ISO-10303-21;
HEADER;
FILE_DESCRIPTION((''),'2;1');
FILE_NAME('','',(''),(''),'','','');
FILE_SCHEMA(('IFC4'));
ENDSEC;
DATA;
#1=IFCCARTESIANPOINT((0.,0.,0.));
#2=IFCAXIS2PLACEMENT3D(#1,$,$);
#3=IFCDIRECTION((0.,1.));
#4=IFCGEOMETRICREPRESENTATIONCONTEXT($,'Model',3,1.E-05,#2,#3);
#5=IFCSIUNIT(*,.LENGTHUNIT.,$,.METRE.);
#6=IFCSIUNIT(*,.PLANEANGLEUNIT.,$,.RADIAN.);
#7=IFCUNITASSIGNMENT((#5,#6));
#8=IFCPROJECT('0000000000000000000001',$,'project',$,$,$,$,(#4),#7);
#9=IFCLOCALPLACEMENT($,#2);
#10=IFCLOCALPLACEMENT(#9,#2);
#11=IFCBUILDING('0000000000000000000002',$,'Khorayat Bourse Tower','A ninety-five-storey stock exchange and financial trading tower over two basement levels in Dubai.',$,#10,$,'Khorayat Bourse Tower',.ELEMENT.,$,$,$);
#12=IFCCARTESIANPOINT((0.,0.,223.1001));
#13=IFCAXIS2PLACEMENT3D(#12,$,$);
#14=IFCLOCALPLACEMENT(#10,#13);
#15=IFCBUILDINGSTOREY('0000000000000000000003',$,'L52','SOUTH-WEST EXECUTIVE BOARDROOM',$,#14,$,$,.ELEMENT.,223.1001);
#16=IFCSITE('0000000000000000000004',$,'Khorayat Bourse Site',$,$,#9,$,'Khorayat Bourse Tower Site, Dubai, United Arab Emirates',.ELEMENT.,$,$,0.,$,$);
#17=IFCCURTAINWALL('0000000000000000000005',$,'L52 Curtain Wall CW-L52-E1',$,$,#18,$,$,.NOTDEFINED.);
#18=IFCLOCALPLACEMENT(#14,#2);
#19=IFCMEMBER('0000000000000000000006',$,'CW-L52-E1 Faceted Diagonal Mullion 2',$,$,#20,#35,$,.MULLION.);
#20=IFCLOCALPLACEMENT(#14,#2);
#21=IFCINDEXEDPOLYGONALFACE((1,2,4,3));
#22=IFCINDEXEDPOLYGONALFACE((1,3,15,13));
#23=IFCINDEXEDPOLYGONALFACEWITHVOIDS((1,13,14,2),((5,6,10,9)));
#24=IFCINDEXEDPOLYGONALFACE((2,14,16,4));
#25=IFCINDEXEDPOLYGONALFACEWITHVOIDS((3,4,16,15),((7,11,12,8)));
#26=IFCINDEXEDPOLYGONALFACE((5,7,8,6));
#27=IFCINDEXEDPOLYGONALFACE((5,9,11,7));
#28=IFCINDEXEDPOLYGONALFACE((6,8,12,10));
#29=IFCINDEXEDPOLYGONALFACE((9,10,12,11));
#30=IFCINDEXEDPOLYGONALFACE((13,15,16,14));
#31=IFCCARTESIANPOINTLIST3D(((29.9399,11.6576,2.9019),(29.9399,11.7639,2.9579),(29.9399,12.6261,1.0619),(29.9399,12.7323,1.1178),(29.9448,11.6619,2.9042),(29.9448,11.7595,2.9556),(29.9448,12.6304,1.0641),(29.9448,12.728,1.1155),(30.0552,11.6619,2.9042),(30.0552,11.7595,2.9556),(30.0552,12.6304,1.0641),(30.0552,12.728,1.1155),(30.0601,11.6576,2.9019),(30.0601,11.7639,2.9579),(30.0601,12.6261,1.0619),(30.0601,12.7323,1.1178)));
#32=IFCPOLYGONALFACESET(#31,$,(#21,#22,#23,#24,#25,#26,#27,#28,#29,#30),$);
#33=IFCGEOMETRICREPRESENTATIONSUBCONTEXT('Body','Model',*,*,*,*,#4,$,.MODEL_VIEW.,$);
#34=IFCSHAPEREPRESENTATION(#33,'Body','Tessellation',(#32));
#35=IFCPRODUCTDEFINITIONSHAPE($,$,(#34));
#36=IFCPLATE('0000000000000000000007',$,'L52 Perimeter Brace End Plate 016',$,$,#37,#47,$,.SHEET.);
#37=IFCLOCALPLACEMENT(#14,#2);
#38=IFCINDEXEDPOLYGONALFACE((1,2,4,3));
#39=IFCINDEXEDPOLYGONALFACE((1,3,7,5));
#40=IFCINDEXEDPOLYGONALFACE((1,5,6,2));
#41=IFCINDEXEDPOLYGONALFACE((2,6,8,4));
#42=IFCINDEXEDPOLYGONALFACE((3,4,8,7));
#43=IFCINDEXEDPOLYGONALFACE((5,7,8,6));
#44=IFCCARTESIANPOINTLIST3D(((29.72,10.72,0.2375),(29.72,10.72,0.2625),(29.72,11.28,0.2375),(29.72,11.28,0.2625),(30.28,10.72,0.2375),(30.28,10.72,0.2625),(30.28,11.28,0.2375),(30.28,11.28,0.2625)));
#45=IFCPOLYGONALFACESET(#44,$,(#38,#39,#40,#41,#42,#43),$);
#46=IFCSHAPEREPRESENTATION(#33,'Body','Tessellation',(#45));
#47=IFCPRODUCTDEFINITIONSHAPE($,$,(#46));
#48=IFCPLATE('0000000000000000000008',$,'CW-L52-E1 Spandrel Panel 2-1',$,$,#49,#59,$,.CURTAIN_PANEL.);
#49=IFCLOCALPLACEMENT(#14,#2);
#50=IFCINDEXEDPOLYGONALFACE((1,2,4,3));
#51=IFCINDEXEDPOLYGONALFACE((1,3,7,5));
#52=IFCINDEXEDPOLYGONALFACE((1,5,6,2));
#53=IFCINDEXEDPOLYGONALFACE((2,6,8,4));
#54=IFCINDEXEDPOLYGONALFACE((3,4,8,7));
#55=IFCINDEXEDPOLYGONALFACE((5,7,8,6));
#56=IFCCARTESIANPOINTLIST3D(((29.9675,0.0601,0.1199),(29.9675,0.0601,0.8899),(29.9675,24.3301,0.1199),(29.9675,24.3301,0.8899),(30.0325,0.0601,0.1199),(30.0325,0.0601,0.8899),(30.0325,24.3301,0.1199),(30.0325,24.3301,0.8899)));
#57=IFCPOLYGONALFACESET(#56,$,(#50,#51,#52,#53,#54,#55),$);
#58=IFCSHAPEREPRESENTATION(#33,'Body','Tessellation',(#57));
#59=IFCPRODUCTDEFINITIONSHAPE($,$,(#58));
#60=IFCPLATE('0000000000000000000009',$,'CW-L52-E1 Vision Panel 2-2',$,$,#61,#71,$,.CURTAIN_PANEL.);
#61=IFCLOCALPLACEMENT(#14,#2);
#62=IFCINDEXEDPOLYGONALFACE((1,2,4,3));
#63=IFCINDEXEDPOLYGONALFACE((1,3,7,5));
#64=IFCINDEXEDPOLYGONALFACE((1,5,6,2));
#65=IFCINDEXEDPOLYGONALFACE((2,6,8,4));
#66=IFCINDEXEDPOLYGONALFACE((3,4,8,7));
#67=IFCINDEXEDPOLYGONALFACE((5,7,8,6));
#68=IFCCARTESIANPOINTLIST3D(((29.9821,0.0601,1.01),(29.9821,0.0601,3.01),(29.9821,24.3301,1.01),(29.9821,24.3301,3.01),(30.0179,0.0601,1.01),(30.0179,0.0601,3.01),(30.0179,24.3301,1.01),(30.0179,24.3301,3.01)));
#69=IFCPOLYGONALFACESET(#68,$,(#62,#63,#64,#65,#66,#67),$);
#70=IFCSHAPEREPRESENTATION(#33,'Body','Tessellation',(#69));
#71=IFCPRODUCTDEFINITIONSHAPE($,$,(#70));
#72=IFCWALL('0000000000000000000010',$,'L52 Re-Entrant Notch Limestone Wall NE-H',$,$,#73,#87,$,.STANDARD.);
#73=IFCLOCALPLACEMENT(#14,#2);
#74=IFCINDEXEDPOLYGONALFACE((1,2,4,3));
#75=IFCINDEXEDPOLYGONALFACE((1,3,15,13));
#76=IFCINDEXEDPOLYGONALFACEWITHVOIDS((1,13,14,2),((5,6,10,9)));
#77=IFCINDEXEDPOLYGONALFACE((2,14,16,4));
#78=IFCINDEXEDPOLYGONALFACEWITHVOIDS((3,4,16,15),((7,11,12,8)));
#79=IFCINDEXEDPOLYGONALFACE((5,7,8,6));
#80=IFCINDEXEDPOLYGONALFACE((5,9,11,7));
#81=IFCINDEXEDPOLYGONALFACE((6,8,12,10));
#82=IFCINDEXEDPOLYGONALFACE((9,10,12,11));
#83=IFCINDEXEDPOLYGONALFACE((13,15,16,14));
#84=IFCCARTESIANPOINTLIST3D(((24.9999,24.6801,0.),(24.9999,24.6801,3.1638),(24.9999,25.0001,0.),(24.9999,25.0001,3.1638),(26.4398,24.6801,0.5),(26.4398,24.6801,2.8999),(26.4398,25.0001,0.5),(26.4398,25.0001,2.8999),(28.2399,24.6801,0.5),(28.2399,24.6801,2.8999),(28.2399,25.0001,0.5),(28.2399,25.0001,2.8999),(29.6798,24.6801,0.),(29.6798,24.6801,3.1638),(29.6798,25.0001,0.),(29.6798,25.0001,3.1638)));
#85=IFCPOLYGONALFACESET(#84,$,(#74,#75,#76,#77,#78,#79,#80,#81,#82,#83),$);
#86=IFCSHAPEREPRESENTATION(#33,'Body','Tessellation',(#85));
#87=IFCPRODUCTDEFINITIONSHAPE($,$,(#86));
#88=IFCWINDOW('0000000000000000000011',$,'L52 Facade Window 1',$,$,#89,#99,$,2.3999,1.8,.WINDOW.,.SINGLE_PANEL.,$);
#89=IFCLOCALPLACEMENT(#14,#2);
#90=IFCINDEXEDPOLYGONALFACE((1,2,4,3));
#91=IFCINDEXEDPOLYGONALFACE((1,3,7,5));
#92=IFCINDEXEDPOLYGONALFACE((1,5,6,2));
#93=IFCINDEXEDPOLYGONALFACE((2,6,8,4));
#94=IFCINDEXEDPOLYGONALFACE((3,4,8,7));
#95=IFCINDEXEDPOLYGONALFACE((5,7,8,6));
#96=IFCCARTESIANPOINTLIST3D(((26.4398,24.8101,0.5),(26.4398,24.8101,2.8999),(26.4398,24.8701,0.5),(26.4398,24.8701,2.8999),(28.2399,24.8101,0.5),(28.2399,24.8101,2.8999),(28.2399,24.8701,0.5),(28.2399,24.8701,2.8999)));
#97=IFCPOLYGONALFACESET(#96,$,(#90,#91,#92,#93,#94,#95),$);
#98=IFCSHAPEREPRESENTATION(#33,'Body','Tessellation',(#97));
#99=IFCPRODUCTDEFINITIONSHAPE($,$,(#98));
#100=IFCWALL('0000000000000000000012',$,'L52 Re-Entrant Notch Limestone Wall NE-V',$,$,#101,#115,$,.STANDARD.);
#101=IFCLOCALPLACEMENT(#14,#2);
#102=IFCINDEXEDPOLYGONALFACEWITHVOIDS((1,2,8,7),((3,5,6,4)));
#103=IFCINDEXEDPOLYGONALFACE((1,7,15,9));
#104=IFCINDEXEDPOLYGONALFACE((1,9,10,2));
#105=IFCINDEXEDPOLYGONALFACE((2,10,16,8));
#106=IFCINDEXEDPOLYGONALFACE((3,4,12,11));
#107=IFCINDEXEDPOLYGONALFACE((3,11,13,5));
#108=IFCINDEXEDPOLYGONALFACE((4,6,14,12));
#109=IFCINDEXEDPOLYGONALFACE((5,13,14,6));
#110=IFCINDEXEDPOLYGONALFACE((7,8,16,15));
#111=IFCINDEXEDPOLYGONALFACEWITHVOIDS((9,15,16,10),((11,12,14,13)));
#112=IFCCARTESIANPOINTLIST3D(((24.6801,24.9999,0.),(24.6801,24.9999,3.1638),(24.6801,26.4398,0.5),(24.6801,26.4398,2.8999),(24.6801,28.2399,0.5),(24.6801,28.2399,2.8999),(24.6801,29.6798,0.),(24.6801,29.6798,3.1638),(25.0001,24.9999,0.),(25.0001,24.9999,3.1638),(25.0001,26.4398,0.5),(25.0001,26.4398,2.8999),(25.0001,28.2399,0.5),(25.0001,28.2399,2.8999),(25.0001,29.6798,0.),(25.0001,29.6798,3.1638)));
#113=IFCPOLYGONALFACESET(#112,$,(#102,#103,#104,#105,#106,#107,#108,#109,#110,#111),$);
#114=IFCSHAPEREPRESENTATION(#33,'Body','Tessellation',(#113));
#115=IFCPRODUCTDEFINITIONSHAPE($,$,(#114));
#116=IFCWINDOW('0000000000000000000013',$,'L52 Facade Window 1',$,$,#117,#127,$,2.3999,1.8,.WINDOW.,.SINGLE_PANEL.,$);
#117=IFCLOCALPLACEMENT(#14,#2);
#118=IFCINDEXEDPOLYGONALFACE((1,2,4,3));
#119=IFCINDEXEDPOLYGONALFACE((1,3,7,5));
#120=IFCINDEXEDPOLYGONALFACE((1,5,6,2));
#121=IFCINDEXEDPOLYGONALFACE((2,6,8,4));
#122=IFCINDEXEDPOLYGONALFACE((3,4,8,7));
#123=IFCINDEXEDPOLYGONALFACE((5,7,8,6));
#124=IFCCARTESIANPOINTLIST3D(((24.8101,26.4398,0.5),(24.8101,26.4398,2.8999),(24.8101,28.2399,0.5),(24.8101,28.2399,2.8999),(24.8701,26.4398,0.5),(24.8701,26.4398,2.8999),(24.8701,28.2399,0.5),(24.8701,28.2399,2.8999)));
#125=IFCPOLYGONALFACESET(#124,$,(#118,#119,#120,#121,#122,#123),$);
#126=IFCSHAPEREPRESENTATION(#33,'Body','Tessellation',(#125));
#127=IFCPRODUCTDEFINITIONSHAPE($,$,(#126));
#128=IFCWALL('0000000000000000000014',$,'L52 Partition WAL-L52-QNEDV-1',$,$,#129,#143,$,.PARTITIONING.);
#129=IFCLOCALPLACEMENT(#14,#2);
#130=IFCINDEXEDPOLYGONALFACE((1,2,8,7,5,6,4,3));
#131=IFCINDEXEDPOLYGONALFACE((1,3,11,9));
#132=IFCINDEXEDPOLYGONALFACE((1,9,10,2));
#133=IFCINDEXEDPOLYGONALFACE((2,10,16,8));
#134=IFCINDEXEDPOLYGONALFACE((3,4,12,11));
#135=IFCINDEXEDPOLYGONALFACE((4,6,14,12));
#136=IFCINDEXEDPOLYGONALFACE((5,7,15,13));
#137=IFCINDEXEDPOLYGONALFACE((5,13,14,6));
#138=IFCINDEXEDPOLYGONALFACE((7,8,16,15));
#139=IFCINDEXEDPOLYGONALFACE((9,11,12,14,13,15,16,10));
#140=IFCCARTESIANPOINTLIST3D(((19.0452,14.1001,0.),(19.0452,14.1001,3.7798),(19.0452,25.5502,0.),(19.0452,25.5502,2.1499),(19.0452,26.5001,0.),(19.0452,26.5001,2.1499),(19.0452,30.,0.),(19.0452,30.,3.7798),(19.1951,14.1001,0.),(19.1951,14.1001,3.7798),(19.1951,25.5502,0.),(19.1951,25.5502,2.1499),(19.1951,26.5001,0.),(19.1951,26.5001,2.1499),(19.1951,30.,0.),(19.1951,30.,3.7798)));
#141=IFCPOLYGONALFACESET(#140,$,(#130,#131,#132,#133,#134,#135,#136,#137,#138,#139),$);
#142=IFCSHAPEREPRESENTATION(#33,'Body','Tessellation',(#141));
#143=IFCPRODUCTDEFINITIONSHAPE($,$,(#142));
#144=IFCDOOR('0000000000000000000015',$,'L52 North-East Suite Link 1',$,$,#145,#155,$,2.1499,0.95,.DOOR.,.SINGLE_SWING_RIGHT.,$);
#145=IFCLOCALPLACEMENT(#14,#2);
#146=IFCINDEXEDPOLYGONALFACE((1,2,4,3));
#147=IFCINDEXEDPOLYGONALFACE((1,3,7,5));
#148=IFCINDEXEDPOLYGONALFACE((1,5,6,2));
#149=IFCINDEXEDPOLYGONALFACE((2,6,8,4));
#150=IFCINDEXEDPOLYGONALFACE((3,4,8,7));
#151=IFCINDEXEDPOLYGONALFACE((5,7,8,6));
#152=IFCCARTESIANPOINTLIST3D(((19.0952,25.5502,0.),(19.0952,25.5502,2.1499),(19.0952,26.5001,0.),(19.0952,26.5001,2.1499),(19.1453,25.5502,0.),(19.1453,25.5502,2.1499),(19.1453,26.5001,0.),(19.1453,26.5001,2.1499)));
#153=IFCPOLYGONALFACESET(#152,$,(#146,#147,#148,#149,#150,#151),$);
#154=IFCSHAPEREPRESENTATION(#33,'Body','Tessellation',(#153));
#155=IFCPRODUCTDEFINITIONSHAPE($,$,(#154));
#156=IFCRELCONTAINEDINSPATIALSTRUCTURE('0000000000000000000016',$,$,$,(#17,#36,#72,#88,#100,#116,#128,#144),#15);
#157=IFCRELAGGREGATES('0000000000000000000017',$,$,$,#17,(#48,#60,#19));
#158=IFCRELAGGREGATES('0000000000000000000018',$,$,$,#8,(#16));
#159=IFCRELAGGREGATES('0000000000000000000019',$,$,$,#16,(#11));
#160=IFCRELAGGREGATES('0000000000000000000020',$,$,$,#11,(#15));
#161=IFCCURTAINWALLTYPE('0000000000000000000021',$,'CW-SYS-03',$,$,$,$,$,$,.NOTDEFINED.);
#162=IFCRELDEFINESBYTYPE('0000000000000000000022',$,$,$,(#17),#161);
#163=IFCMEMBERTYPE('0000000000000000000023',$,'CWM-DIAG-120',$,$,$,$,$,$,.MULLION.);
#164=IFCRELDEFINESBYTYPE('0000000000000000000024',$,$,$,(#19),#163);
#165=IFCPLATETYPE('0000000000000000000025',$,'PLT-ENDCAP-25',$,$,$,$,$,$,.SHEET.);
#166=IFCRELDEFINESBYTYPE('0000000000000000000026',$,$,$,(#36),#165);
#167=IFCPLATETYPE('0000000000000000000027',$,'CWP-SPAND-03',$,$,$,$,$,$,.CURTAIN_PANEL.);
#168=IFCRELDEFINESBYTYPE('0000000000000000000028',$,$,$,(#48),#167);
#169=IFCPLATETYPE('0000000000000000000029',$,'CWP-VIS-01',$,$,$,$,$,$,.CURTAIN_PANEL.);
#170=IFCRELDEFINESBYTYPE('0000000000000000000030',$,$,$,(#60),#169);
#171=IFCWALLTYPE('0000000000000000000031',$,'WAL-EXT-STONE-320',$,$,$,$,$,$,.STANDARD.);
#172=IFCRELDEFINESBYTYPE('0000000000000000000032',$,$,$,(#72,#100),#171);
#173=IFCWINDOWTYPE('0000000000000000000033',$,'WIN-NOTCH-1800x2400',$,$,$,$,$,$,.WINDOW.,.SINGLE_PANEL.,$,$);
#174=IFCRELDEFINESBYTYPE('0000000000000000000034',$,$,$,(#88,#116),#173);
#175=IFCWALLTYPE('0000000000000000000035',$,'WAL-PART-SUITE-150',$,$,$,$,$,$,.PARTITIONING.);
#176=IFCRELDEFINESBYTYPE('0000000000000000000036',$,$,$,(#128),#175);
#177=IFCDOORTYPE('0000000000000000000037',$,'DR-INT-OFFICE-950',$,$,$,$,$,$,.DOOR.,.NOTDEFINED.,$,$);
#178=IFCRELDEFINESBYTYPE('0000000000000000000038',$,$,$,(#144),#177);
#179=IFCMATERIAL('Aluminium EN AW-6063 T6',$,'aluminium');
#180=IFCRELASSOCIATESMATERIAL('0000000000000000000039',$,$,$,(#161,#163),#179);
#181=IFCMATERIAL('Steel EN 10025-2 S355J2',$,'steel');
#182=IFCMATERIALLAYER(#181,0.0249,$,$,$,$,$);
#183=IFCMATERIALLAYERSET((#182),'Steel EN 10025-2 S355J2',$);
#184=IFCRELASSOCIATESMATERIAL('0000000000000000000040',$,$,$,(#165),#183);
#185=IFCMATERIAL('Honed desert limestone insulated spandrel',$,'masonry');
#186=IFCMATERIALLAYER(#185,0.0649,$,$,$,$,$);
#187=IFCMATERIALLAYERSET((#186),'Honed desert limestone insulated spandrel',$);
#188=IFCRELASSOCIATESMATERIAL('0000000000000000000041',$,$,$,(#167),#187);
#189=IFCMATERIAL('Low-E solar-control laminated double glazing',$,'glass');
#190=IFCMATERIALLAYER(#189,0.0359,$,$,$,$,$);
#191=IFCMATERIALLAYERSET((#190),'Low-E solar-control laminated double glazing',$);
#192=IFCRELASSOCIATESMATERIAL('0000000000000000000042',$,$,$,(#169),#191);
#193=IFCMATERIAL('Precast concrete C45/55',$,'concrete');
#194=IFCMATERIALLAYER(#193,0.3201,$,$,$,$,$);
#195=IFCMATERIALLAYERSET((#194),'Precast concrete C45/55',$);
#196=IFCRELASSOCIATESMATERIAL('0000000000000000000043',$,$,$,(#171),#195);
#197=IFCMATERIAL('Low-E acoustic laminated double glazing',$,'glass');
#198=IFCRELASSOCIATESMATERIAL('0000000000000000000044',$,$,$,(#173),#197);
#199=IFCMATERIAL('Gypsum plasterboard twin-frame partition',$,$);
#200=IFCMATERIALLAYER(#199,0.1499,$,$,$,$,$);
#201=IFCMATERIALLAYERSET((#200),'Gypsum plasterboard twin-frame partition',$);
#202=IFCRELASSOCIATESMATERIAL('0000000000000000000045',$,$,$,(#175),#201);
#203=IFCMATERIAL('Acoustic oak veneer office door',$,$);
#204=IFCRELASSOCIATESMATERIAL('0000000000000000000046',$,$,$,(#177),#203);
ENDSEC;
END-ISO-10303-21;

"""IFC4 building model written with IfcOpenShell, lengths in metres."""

from ifc_helpers import new_model, si_unit, direction, frame, frame_2d, origin, origin_2d, place, context, subcontext, project, spatial, rectangle, hollow_rectangle, extrude, source, transform, mapped, material, layer, layer_set, material_profile, profile_set, type_object, element, fill, aggregate, save


model = new_model("IFC4")

# Units and contexts
model_context = context("Model", 3, precision=1e-05, world=origin(), true_north=direction((0.0, 1.0)))
body_context = subcontext(model_context, "Body", "Model", "MODEL_VIEW")
ifc_project = project(units=[si_unit("LENGTHUNIT", "METRE"), si_unit("PLANEANGLEUNIT", "RADIAN")], contexts=[model_context])

# Site, building, storey
site_placement = place(None, origin())
site = spatial("IfcSite", under=ifc_project, at=site_placement, Name="Khorayat Bourse Site", LongName="Khorayat Bourse Tower Site, Dubai, United Arab Emirates", CompositionType="ELEMENT", RefElevation=0.0)
building_placement = place(site_placement, origin())
building = spatial("IfcBuilding", under=site, at=building_placement, Name="Khorayat Bourse Tower", Description="A ninety-five-storey stock exchange and financial trading tower over two basement levels in Dubai.", LongName="Khorayat Bourse Tower", CompositionType="ELEMENT")
storey_placement = place(building_placement, frame((0.0, 0.0, 223.1001)))
storey = spatial("IfcBuildingStorey", under=building, at=storey_placement, Name="L52", Description="SOUTH-WEST EXECUTIVE BOARDROOM", CompositionType="ELEMENT", Elevation=223.1001)

# Shared definitions
ifc_material_1 = material(Name="Aluminium EN AW-6063 T6", Category="aluminium")
curtain_wall_type = type_object("IfcCurtainWallType", Name="CW-SYS-03", PredefinedType="NOTDEFINED", material=ifc_material_1)

# Curtain wall, member
curtain_wall_1_placement = place(storey_placement, origin())
curtain_wall_1 = element("IfcCurtainWall", 1, at=curtain_wall_1_placement, inside=storey, type_object=curtain_wall_type, Name="L52 Curtain Wall CW-L52-E1", PredefinedType="NOTDEFINED")
ifc_material_profile_1 = material_profile(ifc_material_1, hollow_rectangle(XDim=0.1201, YDim=0.1201, WallThickness=0.0049, at=origin_2d()), Name="ALU 120x120x5")
ifc_profile_set_1 = profile_set([ifc_material_profile_1], Name="Aluminium EN AW-6063 T6")
member_type_1 = type_object("IfcMemberType", Name="CWM-DIAG-120", PredefinedType="MULLION", material=ifc_profile_set_1)
shared_shape_1 = source(origin(), body_context, "Body", "SweptSolid", [
    extrude(hollow_rectangle(XDim=0.1201, YDim=0.1201, WallThickness=0.0049, at=origin_2d()), origin(), (0.0, 0.0, 1.0), 2.0793),
])
member_1_placement = place(storey_placement, frame((30.0, 12.6792, 1.0898), z_axis=(0.0, -0.465761, 0.884911), x_axis=(1.0, 0.0, 0.0)))
member_1 = element("IfcMember", 2, at=member_1_placement, type_object=member_type_1, Name="CW-L52-E1 Faceted Diagonal Mullion 2", PredefinedType="MULLION", context=body_context, shape_type="MappedRepresentation", body=[
    mapped(shared_shape_1, transform((0.0, 0.0, 0.0), scale=1.0)),
])

# Plates
ifc_material_2 = material(Name="Steel EN 10025-2 S355J2", Category="steel")
ifc_layer_1 = layer(ifc_material_2, 0.0249)
ifc_layer_set_1 = layer_set([ifc_layer_1], Name="Steel EN 10025-2 S355J2")
plate_type_1 = type_object("IfcPlateType", Name="PLT-ENDCAP-25", PredefinedType="SHEET", material=ifc_layer_set_1)
shared_shape_2 = source(origin(), body_context, "Body", "SweptSolid", [
    extrude(rectangle(XDim=0.5601, YDim=0.5601, at=origin_2d()), origin(), (0.0, 0.0, 1.0), 0.0249),
])
plate_1_placement = place(storey_placement, frame((30.0, 11.0, 0.2375), z_axis=(0.0, 0.0, 1.0), x_axis=(1.0, 0.0, 0.0)))
element("IfcPlate", 3, at=plate_1_placement, inside=storey, type_object=plate_type_1, Name="L52 Perimeter Brace End Plate 016", PredefinedType="SHEET", context=body_context, shape_type="MappedRepresentation", body=[
    mapped(shared_shape_2, transform((0.0, 0.0, 0.0), scale=1.0)),
])
ifc_material_3 = material(Name="Honed desert limestone insulated spandrel", Category="masonry")
ifc_layer_2 = layer(ifc_material_3, 0.0649)
ifc_layer_set_2 = layer_set([ifc_layer_2], Name="Honed desert limestone insulated spandrel")
plate_type_2 = type_object("IfcPlateType", Name="CWP-SPAND-03", PredefinedType="CURTAIN_PANEL", material=ifc_layer_set_2)
shared_shape_3 = source(origin(), body_context, "Body", "SweptSolid", [
    extrude(rectangle(XDim=24.27, YDim=0.0649, at=origin_2d()), origin(), (0.0, 0.0, 1.0), 0.77),
])
plate_2_placement = place(storey_placement, frame((30.0, 12.1951, 0.1199), z_axis=(0.0, 0.0, 1.0), x_axis=(0.0, 1.0, 0.0)))
plate_2 = element("IfcPlate", 4, at=plate_2_placement, type_object=plate_type_2, Name="CW-L52-E1 Spandrel Panel 2-1", PredefinedType="CURTAIN_PANEL", context=body_context, shape_type="MappedRepresentation", body=[
    mapped(shared_shape_3, transform((0.0, 0.0, 0.0), scale=1.0)),
])
ifc_material_4 = material(Name="Low-E solar-control laminated double glazing", Category="glass")
ifc_layer_3 = layer(ifc_material_4, 0.0359)
ifc_layer_set_3 = layer_set([ifc_layer_3], Name="Low-E solar-control laminated double glazing")
plate_type_3 = type_object("IfcPlateType", Name="CWP-VIS-01", PredefinedType="CURTAIN_PANEL", material=ifc_layer_set_3)
shared_shape_4 = source(origin(), body_context, "Body", "SweptSolid", [
    extrude(rectangle(XDim=24.27, YDim=0.0359, at=origin_2d()), origin(), (0.0, 0.0, 1.0), 2.0),
])
plate_3_placement = place(storey_placement, frame((30.0, 12.1951, 1.01), z_axis=(0.0, 0.0, 1.0), x_axis=(0.0, 1.0, 0.0)))
plate_3 = element("IfcPlate", 5, at=plate_3_placement, type_object=plate_type_3, Name="CW-L52-E1 Vision Panel 2-2", PredefinedType="CURTAIN_PANEL", context=body_context, shape_type="MappedRepresentation", body=[
    mapped(shared_shape_4, transform((0.0, 0.0, 0.0), scale=1.0)),
])
aggregate(curtain_wall_1, [plate_2, plate_3, member_1])

# Walls, openings, windows
ifc_material_5 = material(Name="Precast concrete C45/55", Category="concrete")
ifc_layer_4 = layer(ifc_material_5, 0.3201)
ifc_layer_set_4 = layer_set([ifc_layer_4], Name="Precast concrete C45/55")
wall_type_1 = type_object("IfcWallType", Name="WAL-EXT-STONE-320", PredefinedType="STANDARD", material=ifc_layer_set_4)
shared_shape_5 = source(origin(), body_context, "Body", "SweptSolid", [
    extrude(rectangle(XDim=4.6799, YDim=0.3201, at=frame_2d((2.3398, 0.0))), origin(), (0.0, 0.0, 1.0), 3.1638),
])
wall_1_placement = place(storey_placement, frame((25.0, 24.8401, 0.0), z_axis=(0.0, 0.0, 1.0), x_axis=(1.0, 0.0, 0.0)))
wall_1 = element("IfcWall", 6, at=wall_1_placement, inside=storey, type_object=wall_type_1, Name="L52 Re-Entrant Notch Limestone Wall NE-H", PredefinedType="STANDARD", context=body_context, shape_type="MappedRepresentation", body=[
    mapped(shared_shape_5, transform((0.0, 0.0, 0.0), scale=1.0)),
])
shared_shape_6 = source(origin(), body_context, "Body", "SweptSolid", [
    extrude(rectangle(XDim=1.8, YDim=2.3999, at=frame_2d((0.8999, 1.2))), frame((0.0, 0.1699, 0.0), z_axis=(0.0, -1.0, 0.0), x_axis=(1.0, 0.0, 0.0)), (0.0, 0.0, 1.0), 0.3401),
])
opening_1_placement = place(wall_1_placement, frame((1.4399, 0.0, 0.5)))
opening_1 = element("IfcOpeningElement", 7, at=opening_1_placement, cuts=wall_1, PredefinedType="OPENING", context=body_context, shape_type="MappedRepresentation", body=[
    mapped(shared_shape_6, transform((0.0, 0.0, 0.0), scale=1.0)),
])
ifc_material_6 = material(Name="Low-E acoustic laminated double glazing", Category="glass")
window_type = type_object("IfcWindowType", Name="WIN-NOTCH-1800x2400", PartitioningType="SINGLE_PANEL", PredefinedType="WINDOW", material=ifc_material_6)
shared_shape_7 = source(origin(), body_context, "Body", "SweptSolid", [
    extrude(rectangle(XDim=1.8, YDim=2.3999, at=frame_2d((0.8999, 1.2))), frame((0.0, 0.03, 0.0), z_axis=(0.0, -1.0, 0.0), x_axis=(1.0, 0.0, 0.0)), (0.0, 0.0, 1.0), 0.0601),
])
window_1_placement = place(opening_1_placement, origin())
window_1 = element("IfcWindow", 8, at=window_1_placement, inside=storey, type_object=window_type, Name="L52 Facade Window 1", OverallHeight=2.3999, OverallWidth=1.8, PartitioningType="SINGLE_PANEL", PredefinedType="WINDOW", context=body_context, shape_type="MappedRepresentation", body=[
    mapped(shared_shape_7, transform((0.0, 0.0, 0.0), scale=1.0)),
])
fill(opening_1, window_1)
wall_2_placement = place(storey_placement, frame((24.8401, 25.0, 0.0), z_axis=(0.0, 0.0, 1.0), x_axis=(0.0, 1.0, 0.0)))
wall_2 = element("IfcWall", 9, at=wall_2_placement, inside=storey, type_object=wall_type_1, Name="L52 Re-Entrant Notch Limestone Wall NE-V", PredefinedType="STANDARD", context=body_context, shape_type="MappedRepresentation", body=[
    mapped(shared_shape_5, transform((0.0, 0.0, 0.0), scale=1.0)),
])
opening_2_placement = place(wall_2_placement, frame((1.4399, 0.0, 0.5)))
opening_2 = element("IfcOpeningElement", 10, at=opening_2_placement, cuts=wall_2, PredefinedType="OPENING", context=body_context, shape_type="MappedRepresentation", body=[
    mapped(shared_shape_6, transform((0.0, 0.0, 0.0), scale=1.0)),
])
window_2_placement = place(opening_2_placement, origin())
window_2 = element("IfcWindow", 11, at=window_2_placement, inside=storey, type_object=window_type, Name="L52 Facade Window 1", OverallHeight=2.3999, OverallWidth=1.8, PartitioningType="SINGLE_PANEL", PredefinedType="WINDOW", context=body_context, shape_type="MappedRepresentation", body=[
    mapped(shared_shape_7, transform((0.0, 0.0, 0.0), scale=1.0)),
])
fill(opening_2, window_2)

# Wall, opening, door
ifc_material_7 = material(Name="Gypsum plasterboard twin-frame partition")
ifc_layer_5 = layer(ifc_material_7, 0.1499)
ifc_layer_set_5 = layer_set([ifc_layer_5], Name="Gypsum plasterboard twin-frame partition")
wall_type_2 = type_object("IfcWallType", Name="WAL-PART-SUITE-150", PredefinedType="PARTITIONING", material=ifc_layer_set_5)
shared_shape_8 = source(origin(), body_context, "Body", "SweptSolid", [
    extrude(rectangle(XDim=15.8999, YDim=0.1499, at=frame_2d((7.95, 0.0))), origin(), (0.0, 0.0, 1.0), 3.7798),
])
wall_3_placement = place(storey_placement, frame((19.1201, 14.1001, 0.0), z_axis=(0.0, 0.0, 1.0), x_axis=(0.0, 1.0, 0.0)))
wall_3 = element("IfcWall", 12, at=wall_3_placement, inside=storey, type_object=wall_type_2, Name="L52 Partition WAL-L52-QNEDV-1", PredefinedType="PARTITIONING", context=body_context, shape_type="MappedRepresentation", body=[
    mapped(shared_shape_8, transform((0.0, 0.0, 0.0), scale=1.0)),
])
shared_shape_9 = source(origin(), body_context, "Body", "SweptSolid", [
    extrude(rectangle(XDim=0.95, YDim=2.1499, at=frame_2d((0.4751, 1.075))), frame((0.0, 0.085, 0.0), z_axis=(0.0, -1.0, 0.0), x_axis=(1.0, 0.0, 0.0)), (0.0, 0.0, 1.0), 0.1699),
])
opening_3_placement = place(wall_3_placement, frame((11.45, 0.0, 0.0)))
opening_3 = element("IfcOpeningElement", 13, at=opening_3_placement, cuts=wall_3, PredefinedType="OPENING", context=body_context, shape_type="MappedRepresentation", body=[
    mapped(shared_shape_9, transform((0.0, 0.0, 0.0), scale=1.0)),
])
ifc_material_8 = material(Name="Acoustic oak veneer office door")
door_type = type_object("IfcDoorType", Name="DR-INT-OFFICE-950", OperationType="NOTDEFINED", PredefinedType="DOOR", material=ifc_material_8)
shared_shape_10 = source(origin(), body_context, "Body", "SweptSolid", [
    extrude(rectangle(XDim=0.95, YDim=2.1499, at=frame_2d((0.4751, 1.075))), frame((0.0, 0.0249, 0.0), z_axis=(0.0, -1.0, 0.0), x_axis=(1.0, 0.0, 0.0)), (0.0, 0.0, 1.0), 0.05),
])
door_1_placement = place(opening_3_placement, origin())
door_1 = element("IfcDoor", 14, at=door_1_placement, inside=storey, type_object=door_type, Name="L52 North-East Suite Link 1", OperationType="SINGLE_SWING_RIGHT", OverallHeight=2.1499, OverallWidth=0.95, PredefinedType="DOOR", context=body_context, shape_type="MappedRepresentation", body=[
    mapped(shared_shape_10, transform((0.0, 0.0, 0.0), scale=1.0)),
])
fill(opening_3, door_1)

save(model, "model.ifc")
